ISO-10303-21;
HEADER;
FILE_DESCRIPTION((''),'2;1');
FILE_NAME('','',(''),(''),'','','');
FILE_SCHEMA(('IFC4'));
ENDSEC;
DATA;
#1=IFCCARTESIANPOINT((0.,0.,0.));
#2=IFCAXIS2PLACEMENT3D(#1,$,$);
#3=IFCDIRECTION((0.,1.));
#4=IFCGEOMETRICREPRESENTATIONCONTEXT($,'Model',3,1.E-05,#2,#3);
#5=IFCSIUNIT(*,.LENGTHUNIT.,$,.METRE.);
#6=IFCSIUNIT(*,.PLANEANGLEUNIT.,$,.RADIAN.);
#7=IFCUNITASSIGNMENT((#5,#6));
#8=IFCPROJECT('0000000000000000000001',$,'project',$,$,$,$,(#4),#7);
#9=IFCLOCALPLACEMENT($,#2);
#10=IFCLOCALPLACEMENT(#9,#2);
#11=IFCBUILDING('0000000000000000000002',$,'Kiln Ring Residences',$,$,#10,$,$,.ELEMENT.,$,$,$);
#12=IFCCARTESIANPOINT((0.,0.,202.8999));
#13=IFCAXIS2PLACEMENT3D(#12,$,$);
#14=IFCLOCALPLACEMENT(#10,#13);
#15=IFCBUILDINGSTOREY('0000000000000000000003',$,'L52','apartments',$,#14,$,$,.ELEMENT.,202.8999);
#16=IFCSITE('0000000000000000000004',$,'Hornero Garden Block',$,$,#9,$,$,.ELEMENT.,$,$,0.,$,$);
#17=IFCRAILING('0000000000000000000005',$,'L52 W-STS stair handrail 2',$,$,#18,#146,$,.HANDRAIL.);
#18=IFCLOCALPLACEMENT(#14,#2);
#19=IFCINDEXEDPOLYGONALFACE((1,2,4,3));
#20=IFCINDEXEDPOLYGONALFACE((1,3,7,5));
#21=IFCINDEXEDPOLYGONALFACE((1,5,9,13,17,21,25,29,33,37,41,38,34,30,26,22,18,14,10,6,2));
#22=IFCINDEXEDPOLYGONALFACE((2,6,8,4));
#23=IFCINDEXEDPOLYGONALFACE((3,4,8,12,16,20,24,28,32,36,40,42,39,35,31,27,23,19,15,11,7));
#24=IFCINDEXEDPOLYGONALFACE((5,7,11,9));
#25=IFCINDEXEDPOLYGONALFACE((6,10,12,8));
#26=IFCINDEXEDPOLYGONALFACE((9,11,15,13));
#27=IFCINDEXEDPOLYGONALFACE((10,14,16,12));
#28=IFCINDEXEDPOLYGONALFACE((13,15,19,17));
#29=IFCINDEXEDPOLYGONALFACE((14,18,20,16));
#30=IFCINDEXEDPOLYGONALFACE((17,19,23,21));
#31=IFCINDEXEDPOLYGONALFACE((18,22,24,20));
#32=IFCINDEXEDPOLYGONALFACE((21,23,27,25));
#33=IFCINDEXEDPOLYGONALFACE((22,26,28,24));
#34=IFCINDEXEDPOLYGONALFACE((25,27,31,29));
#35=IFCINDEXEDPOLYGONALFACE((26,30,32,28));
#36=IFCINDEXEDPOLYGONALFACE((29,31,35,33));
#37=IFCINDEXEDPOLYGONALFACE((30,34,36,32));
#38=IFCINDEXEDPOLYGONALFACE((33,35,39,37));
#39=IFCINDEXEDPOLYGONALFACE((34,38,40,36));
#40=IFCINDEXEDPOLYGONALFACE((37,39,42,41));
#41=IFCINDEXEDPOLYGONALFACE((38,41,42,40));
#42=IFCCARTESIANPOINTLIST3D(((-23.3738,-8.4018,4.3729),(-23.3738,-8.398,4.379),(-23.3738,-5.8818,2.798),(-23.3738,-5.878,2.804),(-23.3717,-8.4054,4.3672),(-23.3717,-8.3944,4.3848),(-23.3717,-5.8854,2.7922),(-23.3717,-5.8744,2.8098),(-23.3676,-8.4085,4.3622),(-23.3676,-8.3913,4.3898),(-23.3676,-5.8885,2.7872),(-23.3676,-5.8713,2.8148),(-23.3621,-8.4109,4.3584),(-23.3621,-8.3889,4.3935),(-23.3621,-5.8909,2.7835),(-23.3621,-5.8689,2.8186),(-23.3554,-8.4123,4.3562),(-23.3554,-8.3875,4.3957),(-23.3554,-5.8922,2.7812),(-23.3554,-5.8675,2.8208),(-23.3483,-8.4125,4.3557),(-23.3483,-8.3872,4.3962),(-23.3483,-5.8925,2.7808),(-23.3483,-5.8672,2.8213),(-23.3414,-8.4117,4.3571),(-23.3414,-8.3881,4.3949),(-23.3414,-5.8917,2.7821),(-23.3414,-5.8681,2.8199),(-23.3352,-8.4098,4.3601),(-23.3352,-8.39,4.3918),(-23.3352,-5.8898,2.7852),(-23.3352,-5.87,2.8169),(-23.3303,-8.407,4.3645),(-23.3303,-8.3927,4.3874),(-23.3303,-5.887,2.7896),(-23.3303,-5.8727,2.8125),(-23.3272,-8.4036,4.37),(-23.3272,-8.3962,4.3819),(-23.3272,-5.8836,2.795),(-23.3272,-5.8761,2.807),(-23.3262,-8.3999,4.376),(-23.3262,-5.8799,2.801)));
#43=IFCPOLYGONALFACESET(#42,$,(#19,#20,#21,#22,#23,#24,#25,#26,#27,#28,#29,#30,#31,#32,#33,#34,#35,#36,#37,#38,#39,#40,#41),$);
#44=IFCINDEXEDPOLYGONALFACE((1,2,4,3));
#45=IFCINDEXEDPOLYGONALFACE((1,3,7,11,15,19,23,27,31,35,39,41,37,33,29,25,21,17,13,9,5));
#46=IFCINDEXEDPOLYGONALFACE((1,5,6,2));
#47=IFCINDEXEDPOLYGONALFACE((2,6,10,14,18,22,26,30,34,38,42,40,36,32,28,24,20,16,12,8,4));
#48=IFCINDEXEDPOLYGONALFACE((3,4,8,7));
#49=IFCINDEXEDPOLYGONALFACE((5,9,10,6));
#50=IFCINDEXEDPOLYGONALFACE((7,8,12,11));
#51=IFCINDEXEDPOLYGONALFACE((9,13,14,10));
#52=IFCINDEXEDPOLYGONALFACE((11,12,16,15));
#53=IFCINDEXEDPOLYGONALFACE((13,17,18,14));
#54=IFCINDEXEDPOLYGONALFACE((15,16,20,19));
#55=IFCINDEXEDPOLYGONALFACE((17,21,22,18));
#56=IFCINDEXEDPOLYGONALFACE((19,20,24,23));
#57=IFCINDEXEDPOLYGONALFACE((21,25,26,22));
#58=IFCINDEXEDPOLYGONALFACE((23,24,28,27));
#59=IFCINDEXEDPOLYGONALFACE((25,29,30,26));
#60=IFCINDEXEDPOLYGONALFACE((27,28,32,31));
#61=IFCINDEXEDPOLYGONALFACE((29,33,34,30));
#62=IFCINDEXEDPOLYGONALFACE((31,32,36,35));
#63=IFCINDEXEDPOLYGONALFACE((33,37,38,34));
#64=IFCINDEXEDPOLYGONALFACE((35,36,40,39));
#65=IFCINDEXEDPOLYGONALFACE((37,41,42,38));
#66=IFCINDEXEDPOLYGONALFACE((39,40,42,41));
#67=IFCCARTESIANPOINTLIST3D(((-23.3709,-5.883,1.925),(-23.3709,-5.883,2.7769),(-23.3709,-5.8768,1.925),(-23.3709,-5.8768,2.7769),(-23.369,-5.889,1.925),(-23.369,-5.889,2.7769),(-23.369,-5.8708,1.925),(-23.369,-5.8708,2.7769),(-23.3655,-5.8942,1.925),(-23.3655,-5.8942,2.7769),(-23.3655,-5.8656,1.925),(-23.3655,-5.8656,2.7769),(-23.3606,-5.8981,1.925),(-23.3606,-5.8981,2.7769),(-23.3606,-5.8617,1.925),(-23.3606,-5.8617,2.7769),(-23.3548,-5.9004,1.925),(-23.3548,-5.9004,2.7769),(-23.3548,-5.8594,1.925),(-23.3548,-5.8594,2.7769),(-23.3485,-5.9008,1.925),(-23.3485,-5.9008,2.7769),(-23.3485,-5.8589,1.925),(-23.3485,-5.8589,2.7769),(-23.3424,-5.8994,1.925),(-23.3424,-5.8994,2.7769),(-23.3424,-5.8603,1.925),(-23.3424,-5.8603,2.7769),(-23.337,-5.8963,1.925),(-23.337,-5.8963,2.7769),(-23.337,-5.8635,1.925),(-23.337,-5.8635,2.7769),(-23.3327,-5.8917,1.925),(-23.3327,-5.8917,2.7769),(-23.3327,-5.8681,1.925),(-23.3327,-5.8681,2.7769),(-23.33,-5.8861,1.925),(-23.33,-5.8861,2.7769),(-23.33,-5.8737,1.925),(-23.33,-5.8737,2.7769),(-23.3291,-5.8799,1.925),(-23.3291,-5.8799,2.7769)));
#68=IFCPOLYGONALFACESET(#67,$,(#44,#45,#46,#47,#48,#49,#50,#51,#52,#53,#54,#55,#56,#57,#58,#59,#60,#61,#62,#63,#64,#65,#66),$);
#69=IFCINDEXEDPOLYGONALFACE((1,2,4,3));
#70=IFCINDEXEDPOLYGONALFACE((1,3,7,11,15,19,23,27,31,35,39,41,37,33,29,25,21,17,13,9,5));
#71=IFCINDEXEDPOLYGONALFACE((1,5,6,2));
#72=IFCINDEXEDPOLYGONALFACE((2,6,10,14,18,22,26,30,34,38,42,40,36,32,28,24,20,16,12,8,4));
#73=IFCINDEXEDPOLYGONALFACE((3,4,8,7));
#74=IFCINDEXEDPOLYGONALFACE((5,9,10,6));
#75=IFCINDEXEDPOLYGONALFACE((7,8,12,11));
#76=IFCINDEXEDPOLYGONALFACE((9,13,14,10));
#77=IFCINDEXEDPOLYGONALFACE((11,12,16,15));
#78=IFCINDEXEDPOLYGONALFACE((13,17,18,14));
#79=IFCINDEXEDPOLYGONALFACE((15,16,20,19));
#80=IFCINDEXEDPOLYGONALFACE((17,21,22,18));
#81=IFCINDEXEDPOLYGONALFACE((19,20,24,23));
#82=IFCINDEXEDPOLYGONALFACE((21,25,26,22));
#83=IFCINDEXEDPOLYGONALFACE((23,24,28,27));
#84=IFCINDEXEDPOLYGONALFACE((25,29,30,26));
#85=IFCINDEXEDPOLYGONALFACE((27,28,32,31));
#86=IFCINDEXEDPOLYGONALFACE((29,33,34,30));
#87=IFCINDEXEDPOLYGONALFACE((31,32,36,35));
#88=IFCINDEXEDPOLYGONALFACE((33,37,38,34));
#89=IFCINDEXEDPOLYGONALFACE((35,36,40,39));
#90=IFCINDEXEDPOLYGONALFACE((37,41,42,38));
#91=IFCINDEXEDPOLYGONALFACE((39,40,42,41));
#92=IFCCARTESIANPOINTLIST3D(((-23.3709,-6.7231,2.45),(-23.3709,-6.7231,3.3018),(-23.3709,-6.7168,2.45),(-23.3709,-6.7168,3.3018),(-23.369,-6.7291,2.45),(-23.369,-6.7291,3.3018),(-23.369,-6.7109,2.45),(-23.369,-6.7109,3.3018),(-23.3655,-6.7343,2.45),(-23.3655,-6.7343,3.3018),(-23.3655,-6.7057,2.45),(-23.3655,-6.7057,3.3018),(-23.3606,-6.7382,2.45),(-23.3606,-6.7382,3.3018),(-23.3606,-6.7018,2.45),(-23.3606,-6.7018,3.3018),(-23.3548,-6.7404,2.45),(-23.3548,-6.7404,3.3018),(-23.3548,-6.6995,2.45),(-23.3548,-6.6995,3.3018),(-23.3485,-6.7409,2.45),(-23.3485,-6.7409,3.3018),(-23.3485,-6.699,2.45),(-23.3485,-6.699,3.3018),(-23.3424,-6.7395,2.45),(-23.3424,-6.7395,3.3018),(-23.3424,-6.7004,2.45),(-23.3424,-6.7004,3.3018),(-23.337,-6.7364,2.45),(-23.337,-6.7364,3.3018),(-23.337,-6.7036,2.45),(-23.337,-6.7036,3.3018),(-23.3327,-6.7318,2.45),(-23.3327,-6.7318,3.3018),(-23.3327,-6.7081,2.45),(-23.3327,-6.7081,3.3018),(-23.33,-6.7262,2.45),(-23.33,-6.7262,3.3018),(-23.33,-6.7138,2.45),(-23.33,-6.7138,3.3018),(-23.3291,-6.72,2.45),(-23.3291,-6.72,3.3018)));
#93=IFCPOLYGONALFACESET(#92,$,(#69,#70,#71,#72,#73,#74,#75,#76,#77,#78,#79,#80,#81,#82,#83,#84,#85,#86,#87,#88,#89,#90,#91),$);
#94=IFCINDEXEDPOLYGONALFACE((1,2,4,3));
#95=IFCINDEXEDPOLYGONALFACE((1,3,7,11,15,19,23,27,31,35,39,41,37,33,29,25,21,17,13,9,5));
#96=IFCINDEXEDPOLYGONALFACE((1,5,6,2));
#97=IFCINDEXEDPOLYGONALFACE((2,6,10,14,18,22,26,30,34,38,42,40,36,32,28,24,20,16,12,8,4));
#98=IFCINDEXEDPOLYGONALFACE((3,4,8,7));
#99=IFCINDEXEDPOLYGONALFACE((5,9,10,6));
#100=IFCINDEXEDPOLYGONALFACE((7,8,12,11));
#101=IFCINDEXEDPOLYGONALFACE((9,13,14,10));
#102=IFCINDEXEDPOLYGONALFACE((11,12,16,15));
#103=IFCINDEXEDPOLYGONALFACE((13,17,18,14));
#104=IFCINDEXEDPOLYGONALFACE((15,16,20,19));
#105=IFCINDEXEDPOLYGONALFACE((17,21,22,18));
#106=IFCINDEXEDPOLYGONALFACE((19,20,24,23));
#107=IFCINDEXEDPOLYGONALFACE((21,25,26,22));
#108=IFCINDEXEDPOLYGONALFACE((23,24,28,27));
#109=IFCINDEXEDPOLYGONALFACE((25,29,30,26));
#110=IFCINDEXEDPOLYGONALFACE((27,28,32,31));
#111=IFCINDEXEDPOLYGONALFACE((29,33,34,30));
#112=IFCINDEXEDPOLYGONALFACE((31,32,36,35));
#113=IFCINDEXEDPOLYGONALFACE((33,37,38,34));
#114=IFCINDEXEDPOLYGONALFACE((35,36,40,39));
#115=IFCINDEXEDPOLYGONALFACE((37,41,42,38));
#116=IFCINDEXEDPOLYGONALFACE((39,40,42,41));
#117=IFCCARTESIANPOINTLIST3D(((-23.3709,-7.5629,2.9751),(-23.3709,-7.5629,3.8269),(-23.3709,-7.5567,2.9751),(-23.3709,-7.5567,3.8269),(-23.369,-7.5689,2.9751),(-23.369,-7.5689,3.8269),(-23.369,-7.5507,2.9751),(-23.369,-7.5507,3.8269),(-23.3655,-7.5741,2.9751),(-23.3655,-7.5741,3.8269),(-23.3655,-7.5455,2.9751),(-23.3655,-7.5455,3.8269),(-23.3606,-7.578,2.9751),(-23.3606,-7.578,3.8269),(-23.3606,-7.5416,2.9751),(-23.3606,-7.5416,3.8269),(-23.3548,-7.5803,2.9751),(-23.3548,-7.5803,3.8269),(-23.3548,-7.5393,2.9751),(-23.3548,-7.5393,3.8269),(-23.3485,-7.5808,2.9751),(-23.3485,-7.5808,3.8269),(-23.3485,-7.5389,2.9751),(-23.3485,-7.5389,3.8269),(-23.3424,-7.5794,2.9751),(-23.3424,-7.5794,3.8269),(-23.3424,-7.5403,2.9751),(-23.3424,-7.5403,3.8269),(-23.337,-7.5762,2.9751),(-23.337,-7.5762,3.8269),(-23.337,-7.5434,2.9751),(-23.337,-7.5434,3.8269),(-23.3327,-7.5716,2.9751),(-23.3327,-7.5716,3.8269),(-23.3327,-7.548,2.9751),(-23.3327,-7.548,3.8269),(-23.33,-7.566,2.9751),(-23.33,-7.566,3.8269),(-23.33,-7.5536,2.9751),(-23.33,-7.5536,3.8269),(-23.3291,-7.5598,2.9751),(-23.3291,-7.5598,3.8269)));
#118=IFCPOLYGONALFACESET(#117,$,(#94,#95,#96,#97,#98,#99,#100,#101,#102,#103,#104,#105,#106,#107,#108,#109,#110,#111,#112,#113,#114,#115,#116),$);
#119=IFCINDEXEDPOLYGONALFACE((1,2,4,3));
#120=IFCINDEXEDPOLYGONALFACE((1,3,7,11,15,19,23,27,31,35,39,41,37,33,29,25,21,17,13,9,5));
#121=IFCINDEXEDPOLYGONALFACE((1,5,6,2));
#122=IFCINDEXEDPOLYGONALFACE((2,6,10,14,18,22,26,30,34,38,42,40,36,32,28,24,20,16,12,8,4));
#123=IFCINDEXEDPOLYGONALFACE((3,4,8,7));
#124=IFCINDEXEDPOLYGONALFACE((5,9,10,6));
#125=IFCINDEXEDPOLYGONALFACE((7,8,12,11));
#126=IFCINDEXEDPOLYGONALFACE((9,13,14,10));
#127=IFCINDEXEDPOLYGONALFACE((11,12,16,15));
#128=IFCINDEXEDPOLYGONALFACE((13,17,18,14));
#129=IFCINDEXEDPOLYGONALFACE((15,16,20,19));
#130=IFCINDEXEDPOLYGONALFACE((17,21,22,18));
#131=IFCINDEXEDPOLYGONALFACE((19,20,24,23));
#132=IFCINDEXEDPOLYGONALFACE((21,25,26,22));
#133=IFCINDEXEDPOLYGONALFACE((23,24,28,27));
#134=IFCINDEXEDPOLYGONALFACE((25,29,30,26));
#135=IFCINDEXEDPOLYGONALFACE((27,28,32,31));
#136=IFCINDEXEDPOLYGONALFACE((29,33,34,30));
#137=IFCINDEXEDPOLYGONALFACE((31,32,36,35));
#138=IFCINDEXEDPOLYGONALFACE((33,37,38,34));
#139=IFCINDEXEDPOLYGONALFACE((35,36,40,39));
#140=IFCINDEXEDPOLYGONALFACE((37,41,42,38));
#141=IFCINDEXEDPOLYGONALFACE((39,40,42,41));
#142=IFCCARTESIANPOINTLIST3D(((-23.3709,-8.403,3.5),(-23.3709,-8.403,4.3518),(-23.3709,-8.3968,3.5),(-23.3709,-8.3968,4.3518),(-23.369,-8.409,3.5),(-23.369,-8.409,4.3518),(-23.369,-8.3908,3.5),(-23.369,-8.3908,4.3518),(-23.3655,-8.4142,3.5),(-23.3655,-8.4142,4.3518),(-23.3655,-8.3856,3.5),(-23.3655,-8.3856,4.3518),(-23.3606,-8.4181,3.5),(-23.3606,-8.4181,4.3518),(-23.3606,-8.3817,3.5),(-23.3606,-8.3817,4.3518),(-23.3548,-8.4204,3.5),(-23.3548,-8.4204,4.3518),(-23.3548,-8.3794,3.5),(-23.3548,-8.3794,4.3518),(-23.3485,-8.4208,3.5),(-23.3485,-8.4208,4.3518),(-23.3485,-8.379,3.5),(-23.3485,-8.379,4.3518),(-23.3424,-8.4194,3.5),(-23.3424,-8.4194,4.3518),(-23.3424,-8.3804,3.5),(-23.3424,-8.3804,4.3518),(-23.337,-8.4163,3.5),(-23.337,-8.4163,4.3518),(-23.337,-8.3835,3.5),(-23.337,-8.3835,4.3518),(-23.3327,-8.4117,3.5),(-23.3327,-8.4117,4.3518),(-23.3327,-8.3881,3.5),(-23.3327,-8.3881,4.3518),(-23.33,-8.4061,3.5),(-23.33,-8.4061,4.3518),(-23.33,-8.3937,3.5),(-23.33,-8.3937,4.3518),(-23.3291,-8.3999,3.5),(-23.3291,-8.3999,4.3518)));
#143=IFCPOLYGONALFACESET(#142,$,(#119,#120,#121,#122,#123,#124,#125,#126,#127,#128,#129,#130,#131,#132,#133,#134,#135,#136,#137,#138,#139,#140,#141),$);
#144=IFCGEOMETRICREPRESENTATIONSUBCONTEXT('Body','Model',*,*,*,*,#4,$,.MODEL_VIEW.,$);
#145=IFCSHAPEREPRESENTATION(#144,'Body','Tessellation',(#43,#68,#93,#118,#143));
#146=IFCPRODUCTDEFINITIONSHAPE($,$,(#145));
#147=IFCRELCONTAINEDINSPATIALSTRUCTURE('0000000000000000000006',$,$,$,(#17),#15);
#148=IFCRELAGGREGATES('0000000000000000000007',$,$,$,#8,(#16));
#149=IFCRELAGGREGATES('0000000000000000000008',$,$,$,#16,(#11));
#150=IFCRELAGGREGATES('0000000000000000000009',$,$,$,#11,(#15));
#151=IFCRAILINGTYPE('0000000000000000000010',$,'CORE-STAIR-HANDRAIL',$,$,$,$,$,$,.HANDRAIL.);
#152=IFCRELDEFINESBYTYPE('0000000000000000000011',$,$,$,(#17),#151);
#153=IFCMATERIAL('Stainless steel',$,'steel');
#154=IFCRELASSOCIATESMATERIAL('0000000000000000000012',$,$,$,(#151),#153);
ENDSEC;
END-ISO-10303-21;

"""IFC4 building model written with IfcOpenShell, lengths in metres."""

from ifc_helpers import new_model, si_unit, direction, frame, origin, origin_2d, place, context, subcontext, project, spatial, circle, extrude, material, type_object, element, save


model = new_model("IFC4")

# Units and contexts
model_context = context("Model", 3, precision=1e-05, world=origin(), true_north=direction((0.0, 1.0)))
body_context = subcontext(model_context, "Body", "Model", "MODEL_VIEW")
ifc_project = project(units=[si_unit("LENGTHUNIT", "METRE"), si_unit("PLANEANGLEUNIT", "RADIAN")], contexts=[model_context])

# Site, building, storey
site_placement = place(None, origin())
site = spatial("IfcSite", under=ifc_project, at=site_placement, Name="Hornero Garden Block", CompositionType="ELEMENT", RefElevation=0.0)
building_placement = place(site_placement, origin())
building = spatial("IfcBuilding", under=site, at=building_placement, Name="Kiln Ring Residences", CompositionType="ELEMENT")
storey_placement = place(building_placement, frame((0.0, 0.0, 202.8999)))
storey = spatial("IfcBuildingStorey", under=building, at=storey_placement, Name="L52", Description="apartments", CompositionType="ELEMENT", Elevation=202.8999)

# Railing
ifc_material_1 = material(Name="Stainless steel", Category="steel")
railing_type_1 = type_object("IfcRailingType", Name="CORE-STAIR-HANDRAIL", PredefinedType="HANDRAIL", material=ifc_material_1)
railing_1_placement = place(storey_placement, frame((-23.3501, -5.8799, 1.925)))
element("IfcRailing", 1, at=railing_1_placement, inside=storey, type_object=railing_type_1, Name="L52 W-STS stair handrail 2", PredefinedType="HANDRAIL", context=body_context, shape_type="SweptSolid", body=[
    extrude(circle(Radius=0.0239, at=origin_2d()), frame((0.0, 0.0, 0.876), z_axis=(0.0, -0.848008, 0.529984), x_axis=(1.0, 0.0, 0.0)), (0.0, 0.0, 1.0), 2.9717),
    extrude(circle(Radius=0.021, at=origin_2d()), origin(), (0.0, 0.0, 1.0), 0.8518),
    extrude(circle(Radius=0.021, at=origin_2d()), frame((0.0, -0.8401, 0.5249)), (0.0, 0.0, 1.0), 0.8518),
    extrude(circle(Radius=0.021, at=origin_2d()), frame((0.0, -1.6799, 1.05)), (0.0, 0.0, 1.0), 0.8518),
    extrude(circle(Radius=0.021, at=origin_2d()), frame((0.0, -2.52, 1.575)), (0.0, 0.0, 1.0), 0.8518),
])

save(model, "model.ifc")
